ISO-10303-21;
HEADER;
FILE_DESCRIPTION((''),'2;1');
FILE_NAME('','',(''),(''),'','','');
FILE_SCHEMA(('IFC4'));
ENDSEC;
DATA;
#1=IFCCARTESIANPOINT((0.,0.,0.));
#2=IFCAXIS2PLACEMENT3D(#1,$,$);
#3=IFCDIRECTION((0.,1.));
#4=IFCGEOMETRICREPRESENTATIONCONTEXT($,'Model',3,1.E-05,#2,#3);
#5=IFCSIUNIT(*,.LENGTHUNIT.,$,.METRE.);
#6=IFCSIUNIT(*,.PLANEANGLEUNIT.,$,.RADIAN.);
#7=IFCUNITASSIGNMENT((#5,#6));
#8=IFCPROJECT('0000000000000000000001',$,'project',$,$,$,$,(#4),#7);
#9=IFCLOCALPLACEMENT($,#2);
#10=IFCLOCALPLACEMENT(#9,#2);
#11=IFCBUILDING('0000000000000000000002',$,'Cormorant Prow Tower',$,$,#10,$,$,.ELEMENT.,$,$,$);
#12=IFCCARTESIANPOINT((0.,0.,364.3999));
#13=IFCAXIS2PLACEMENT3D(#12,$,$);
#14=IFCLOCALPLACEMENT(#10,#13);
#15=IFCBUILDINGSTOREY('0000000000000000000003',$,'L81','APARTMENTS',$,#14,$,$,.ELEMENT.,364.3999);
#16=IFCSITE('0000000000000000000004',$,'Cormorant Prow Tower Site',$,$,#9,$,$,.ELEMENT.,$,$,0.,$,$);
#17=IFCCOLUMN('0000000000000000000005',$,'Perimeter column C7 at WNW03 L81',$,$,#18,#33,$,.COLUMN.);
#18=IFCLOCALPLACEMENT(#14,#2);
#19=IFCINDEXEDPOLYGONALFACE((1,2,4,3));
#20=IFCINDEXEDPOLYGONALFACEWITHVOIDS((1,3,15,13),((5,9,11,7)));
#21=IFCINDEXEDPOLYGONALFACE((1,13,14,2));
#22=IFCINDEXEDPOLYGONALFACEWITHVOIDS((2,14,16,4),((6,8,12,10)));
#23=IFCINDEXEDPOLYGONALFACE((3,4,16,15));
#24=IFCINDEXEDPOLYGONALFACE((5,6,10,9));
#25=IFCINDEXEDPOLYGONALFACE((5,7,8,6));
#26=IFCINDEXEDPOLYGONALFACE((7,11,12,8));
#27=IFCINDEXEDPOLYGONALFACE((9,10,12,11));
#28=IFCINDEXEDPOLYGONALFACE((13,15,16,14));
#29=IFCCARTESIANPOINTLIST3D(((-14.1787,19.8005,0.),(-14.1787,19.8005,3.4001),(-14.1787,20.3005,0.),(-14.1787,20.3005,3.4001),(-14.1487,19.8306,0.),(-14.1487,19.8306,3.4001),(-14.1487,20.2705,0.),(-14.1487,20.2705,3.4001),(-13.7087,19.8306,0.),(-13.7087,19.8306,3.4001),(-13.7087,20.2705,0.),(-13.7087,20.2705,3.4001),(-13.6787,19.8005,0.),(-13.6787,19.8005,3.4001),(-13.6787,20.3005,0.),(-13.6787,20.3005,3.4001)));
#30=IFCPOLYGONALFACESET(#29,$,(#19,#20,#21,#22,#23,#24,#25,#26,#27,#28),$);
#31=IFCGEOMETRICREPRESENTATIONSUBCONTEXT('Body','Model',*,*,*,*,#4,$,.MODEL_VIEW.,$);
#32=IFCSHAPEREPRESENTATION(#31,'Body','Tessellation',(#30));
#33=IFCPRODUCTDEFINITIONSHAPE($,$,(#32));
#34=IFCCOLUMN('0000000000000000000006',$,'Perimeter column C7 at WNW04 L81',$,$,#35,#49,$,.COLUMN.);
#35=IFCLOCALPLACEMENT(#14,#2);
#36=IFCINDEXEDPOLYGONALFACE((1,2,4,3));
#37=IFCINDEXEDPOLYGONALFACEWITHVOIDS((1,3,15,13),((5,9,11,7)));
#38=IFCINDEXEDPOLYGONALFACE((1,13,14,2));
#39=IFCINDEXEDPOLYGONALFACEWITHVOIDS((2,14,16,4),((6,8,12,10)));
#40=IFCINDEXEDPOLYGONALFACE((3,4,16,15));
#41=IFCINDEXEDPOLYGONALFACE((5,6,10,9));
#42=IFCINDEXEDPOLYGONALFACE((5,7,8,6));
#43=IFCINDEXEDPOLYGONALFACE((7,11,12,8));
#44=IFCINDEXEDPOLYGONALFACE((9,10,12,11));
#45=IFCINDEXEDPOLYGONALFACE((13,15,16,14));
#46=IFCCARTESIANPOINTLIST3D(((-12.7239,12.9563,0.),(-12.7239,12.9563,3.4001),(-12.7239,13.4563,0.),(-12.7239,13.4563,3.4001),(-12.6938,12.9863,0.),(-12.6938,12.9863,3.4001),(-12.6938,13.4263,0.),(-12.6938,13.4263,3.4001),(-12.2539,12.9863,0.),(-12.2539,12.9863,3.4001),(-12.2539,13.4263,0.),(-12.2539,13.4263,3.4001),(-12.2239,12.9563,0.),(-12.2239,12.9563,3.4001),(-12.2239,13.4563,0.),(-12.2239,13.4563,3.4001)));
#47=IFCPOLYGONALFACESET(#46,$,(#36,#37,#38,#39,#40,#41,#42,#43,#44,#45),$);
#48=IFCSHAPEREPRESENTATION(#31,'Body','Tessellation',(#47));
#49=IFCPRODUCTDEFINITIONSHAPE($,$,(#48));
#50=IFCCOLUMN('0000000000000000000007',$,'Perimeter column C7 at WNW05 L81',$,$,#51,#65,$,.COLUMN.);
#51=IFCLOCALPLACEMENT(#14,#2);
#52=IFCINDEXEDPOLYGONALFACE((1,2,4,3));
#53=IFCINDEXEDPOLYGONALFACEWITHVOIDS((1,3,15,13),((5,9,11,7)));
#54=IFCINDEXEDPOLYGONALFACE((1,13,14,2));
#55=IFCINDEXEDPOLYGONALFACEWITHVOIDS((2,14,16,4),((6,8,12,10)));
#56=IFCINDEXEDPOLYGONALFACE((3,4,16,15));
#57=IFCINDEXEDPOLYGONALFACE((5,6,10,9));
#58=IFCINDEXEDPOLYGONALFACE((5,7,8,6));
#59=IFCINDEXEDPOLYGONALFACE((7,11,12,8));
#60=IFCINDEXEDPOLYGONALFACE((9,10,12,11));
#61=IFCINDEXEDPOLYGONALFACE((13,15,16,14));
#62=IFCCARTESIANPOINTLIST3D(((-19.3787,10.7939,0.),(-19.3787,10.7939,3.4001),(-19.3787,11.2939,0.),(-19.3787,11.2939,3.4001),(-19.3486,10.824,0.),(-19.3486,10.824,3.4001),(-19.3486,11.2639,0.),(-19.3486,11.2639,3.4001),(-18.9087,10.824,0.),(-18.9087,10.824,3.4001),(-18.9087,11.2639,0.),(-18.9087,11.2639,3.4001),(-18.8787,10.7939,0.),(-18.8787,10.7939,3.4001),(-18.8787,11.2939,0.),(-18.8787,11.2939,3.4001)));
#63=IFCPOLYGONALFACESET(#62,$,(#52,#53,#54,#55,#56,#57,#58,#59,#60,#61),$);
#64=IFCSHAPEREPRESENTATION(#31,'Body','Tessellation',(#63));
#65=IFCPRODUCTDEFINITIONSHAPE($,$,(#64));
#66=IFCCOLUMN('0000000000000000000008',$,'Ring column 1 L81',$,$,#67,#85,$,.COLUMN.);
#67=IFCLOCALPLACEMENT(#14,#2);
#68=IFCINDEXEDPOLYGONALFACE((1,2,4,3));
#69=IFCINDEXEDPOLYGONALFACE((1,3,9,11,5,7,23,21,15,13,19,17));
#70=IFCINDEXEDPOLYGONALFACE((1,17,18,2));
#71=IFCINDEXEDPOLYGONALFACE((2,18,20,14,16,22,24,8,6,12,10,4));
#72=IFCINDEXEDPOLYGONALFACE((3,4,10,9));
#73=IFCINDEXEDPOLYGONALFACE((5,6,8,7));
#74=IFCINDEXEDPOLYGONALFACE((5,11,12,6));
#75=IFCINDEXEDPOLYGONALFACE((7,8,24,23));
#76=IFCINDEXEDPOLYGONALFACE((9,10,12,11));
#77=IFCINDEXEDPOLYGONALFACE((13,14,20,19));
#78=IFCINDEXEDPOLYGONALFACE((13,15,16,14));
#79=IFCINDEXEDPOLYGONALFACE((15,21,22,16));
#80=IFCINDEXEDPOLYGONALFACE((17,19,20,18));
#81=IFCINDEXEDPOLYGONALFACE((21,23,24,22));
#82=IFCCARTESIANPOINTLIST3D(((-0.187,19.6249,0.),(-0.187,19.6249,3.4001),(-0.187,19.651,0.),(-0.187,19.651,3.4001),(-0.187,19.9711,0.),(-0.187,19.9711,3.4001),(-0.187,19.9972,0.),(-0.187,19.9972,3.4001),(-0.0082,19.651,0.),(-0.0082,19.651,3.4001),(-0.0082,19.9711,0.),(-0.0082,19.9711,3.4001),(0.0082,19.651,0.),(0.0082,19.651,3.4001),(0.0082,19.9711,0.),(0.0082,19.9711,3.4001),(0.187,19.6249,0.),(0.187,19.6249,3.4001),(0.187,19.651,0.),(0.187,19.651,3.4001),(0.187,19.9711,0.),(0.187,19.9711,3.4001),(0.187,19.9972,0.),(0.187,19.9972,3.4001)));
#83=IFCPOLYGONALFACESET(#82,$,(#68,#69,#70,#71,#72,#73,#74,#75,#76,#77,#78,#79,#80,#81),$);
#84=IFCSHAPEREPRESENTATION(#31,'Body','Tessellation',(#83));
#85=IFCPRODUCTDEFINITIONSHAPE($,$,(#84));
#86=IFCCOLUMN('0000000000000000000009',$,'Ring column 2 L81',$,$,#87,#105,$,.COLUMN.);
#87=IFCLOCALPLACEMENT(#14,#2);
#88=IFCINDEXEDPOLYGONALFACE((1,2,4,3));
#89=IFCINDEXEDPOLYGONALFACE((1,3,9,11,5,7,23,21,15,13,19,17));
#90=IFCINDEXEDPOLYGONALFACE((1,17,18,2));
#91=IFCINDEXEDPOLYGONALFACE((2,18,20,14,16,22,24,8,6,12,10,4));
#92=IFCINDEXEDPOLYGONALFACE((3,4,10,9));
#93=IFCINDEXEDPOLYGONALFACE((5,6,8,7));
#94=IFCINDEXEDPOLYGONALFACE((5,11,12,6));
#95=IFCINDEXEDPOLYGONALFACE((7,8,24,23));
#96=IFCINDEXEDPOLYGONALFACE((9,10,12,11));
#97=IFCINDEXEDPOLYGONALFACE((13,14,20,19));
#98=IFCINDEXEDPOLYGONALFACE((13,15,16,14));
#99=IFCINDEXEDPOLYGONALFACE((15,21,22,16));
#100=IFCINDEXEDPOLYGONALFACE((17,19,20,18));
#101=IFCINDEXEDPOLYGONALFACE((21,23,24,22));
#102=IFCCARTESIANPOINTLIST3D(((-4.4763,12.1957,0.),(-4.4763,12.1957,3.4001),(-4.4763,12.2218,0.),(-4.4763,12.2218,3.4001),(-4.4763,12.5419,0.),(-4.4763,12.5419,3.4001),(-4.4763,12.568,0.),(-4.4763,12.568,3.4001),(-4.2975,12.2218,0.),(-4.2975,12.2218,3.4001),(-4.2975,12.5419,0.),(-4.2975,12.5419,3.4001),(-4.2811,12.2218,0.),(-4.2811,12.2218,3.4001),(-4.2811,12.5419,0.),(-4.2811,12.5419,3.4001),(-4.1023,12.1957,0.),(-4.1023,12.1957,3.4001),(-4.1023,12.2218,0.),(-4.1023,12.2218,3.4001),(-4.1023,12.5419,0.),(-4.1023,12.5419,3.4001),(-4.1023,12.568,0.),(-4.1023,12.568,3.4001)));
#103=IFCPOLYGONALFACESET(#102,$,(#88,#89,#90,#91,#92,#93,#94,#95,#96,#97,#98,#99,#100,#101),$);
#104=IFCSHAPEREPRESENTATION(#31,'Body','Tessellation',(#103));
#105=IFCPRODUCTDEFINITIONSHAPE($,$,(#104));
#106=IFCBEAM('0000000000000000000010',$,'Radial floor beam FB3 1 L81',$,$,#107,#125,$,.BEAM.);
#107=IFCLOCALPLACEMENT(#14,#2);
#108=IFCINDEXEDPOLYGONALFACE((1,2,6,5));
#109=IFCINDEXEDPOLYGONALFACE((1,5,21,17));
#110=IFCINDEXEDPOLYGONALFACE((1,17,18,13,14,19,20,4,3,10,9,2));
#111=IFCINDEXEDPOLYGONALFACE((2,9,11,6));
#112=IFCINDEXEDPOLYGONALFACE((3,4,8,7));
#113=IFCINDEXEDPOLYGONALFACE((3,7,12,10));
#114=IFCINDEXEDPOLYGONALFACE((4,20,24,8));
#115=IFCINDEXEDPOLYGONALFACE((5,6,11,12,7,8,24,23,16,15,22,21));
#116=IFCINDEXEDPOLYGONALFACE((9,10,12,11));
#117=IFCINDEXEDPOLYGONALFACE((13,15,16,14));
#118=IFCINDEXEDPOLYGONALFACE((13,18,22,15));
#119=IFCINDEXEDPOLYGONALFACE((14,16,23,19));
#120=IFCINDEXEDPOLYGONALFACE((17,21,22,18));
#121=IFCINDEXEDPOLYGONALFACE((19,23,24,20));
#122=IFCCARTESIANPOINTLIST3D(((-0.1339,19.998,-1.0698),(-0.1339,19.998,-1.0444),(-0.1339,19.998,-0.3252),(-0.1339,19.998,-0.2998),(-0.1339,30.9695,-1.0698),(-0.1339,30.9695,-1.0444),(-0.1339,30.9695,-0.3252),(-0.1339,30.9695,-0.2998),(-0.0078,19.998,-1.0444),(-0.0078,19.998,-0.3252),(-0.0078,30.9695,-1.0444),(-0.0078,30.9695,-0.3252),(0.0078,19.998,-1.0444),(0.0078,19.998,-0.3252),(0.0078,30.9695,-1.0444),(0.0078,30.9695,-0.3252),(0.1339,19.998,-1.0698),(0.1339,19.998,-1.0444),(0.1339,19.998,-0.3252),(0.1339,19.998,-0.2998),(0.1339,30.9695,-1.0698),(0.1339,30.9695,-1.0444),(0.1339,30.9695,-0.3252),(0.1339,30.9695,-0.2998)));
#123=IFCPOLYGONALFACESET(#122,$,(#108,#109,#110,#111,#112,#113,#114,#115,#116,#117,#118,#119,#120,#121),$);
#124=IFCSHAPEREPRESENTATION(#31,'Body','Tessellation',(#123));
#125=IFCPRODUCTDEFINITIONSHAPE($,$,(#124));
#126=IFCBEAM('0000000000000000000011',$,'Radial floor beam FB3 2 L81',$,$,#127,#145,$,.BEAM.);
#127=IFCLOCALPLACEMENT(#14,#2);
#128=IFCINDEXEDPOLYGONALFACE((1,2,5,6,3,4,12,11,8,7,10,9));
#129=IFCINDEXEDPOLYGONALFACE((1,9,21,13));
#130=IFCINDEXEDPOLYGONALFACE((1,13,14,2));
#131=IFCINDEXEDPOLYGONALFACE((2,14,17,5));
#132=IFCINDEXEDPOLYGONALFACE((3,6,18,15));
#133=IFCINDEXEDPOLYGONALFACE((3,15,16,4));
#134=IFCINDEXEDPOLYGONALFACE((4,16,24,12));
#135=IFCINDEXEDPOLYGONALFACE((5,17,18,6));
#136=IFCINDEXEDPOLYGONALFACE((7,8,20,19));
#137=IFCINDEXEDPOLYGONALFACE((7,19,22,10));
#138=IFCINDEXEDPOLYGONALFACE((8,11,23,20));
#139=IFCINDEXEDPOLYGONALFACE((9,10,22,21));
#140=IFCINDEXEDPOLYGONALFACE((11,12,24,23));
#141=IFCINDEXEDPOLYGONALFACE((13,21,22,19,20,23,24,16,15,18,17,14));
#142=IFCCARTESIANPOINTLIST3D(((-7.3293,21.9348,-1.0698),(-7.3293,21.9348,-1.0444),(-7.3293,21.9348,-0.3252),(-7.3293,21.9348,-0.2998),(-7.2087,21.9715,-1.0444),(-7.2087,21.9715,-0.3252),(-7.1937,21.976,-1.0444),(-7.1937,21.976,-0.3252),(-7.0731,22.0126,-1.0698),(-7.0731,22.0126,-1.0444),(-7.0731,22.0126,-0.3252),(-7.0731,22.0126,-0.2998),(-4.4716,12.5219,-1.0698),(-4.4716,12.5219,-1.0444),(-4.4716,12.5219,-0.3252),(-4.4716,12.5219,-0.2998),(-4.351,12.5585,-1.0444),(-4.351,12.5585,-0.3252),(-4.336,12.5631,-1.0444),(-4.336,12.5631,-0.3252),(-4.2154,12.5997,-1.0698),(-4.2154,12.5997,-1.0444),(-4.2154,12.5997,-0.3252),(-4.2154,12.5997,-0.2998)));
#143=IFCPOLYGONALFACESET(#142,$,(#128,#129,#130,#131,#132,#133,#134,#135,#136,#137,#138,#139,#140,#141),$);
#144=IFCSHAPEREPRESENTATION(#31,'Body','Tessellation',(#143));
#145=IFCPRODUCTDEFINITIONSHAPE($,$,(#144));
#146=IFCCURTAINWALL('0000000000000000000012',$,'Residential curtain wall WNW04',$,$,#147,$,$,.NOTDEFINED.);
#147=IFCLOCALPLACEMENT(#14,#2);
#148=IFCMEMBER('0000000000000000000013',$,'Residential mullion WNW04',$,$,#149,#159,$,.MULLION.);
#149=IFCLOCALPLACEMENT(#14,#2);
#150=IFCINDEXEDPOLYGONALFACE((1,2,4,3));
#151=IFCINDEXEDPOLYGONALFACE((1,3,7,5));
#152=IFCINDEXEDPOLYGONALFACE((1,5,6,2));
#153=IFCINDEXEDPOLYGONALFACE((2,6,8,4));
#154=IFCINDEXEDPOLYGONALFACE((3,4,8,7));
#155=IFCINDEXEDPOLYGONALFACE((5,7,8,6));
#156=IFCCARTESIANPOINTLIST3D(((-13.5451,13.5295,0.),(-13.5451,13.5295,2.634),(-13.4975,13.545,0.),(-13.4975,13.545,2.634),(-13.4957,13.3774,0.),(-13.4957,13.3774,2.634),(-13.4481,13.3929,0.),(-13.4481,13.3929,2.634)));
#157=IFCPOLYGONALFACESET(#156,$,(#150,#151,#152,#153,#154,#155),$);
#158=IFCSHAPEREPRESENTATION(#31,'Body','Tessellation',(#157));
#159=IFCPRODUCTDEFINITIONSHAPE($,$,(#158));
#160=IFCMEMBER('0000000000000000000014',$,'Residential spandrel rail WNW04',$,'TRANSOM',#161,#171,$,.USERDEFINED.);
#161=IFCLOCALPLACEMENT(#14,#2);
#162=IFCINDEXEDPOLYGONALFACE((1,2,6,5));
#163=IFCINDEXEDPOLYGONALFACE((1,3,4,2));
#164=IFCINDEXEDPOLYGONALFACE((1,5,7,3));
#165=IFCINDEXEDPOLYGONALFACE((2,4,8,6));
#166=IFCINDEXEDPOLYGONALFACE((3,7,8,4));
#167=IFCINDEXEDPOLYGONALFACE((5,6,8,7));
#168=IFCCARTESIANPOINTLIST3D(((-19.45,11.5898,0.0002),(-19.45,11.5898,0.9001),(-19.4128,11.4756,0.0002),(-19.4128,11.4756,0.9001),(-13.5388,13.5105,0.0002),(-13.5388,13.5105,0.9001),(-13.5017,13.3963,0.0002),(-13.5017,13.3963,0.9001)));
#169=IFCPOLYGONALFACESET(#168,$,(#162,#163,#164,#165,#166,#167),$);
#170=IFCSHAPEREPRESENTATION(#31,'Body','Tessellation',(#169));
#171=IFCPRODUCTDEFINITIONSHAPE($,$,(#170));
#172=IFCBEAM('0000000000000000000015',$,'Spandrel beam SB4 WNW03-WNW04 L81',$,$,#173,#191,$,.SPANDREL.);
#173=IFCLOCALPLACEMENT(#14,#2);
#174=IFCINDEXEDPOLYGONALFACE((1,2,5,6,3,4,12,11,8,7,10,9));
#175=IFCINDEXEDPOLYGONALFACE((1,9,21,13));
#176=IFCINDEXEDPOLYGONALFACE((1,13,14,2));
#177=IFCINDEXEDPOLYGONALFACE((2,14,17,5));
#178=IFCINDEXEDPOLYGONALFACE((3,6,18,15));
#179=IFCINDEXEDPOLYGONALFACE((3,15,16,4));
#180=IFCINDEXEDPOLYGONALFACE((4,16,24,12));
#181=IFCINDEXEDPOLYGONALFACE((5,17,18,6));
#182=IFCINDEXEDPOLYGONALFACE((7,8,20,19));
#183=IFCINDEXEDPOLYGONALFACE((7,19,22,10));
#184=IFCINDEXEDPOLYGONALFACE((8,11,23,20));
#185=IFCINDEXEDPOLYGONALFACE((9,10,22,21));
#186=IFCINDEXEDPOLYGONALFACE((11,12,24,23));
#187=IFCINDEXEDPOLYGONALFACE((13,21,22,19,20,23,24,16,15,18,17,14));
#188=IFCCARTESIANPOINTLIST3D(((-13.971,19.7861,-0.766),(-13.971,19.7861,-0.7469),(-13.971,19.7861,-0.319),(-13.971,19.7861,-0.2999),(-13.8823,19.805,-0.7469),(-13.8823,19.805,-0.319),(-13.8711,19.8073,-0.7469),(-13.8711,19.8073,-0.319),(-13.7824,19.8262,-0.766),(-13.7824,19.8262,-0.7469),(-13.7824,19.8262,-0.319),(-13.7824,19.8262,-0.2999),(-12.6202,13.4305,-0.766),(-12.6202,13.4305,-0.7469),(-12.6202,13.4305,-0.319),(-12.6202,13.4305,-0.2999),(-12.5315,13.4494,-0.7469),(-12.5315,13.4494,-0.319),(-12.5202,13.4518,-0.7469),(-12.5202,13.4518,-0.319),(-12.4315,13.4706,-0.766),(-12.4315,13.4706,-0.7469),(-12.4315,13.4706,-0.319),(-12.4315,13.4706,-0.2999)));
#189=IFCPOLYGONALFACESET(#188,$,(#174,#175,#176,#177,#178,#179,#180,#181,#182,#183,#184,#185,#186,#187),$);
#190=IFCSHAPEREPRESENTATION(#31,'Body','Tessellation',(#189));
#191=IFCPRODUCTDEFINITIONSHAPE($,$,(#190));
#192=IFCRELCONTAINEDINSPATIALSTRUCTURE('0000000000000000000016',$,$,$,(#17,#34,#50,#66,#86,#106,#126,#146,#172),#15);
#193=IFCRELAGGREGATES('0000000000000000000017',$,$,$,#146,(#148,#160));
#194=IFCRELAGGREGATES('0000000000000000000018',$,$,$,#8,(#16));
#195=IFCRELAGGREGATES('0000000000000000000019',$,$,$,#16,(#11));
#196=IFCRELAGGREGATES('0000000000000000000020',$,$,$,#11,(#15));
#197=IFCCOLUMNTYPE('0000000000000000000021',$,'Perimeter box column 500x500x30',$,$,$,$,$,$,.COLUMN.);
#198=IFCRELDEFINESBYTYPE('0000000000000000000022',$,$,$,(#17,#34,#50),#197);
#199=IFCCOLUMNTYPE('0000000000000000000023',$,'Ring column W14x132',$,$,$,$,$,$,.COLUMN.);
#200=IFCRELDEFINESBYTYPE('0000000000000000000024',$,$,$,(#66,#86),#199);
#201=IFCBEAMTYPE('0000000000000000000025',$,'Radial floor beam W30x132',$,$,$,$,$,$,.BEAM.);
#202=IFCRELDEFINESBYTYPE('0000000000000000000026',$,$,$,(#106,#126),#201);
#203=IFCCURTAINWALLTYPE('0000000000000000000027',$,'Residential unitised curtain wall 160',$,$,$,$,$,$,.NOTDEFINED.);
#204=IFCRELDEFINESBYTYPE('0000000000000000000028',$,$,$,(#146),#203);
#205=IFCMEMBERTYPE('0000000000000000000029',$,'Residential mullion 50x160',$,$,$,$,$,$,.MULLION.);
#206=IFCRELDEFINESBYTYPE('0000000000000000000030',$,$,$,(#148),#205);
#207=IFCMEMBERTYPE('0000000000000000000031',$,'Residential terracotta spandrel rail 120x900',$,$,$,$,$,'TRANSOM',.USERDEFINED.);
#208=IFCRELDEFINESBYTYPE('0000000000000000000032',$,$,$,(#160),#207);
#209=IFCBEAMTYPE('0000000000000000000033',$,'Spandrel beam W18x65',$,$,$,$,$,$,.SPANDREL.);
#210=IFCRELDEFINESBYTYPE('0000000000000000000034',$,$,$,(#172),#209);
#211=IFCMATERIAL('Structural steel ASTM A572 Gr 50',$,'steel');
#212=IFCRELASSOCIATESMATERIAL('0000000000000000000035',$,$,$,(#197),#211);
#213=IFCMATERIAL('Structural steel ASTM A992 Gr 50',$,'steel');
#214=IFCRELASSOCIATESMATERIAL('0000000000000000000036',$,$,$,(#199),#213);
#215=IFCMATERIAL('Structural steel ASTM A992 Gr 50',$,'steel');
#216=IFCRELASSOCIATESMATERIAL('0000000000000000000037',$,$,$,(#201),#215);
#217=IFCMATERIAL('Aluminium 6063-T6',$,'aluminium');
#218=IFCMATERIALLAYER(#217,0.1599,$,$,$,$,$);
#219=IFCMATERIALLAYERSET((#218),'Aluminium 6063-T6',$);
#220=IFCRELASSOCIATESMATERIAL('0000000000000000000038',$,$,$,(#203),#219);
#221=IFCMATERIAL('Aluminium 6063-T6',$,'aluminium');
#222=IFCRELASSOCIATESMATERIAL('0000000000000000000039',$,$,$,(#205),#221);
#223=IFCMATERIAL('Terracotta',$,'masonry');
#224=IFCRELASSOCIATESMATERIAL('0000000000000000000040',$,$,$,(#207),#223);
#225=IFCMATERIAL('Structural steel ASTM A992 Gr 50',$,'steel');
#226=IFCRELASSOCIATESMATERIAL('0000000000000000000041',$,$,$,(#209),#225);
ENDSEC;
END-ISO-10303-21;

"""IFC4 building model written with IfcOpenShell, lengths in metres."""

from ifc_helpers import new_model, si_unit, direction, frame, origin, origin_2d, place, context, subcontext, project, spatial, rectangle, hollow_rectangle, i_section, extrude, material, layer, layer_set, material_profile, profile_set, type_object, element, aggregate, save


model = new_model("IFC4")

# Units and contexts
model_context = context("Model", 3, precision=1e-05, world=origin(), true_north=direction((0.0, 1.0)))
body_context = subcontext(model_context, "Body", "Model", "MODEL_VIEW")
ifc_project = project(units=[si_unit("LENGTHUNIT", "METRE"), si_unit("PLANEANGLEUNIT", "RADIAN")], contexts=[model_context])

# Site, building, storey
site_placement = place(None, origin())
site = spatial("IfcSite", under=ifc_project, at=site_placement, Name="Cormorant Prow Tower Site", CompositionType="ELEMENT", RefElevation=0.0)
building_placement = place(site_placement, origin())
building = spatial("IfcBuilding", under=site, at=building_placement, Name="Cormorant Prow Tower", CompositionType="ELEMENT")
storey_placement = place(building_placement, frame((0.0, 0.0, 364.3999)))
storey = spatial("IfcBuildingStorey", under=building, at=storey_placement, Name="L81", Description="APARTMENTS", CompositionType="ELEMENT", Elevation=364.3999)

# Columns
ifc_material_1 = material(Name="Structural steel ASTM A572 Gr 50", Category="steel")
ifc_material_profile_1 = material_profile(ifc_material_1, hollow_rectangle(XDim=0.5, YDim=0.5, WallThickness=0.03, at=origin_2d()), Name="Box 500x500x30")
ifc_profile_set_1 = profile_set([ifc_material_profile_1], Name="Structural steel ASTM A572 Gr 50")
column_type_1 = type_object("IfcColumnType", Name="Perimeter box column 500x500x30", PredefinedType="COLUMN", material=ifc_profile_set_1)
for number, where, z_axis, x_axis, name in (
    (1, (-13.9287, 20.0505, 0.0), (0.0, 0.0, 1.0), (1.0, 0.0, 0.0), "Perimeter column C7 at WNW03 L81"),
    (2, (-12.4739, 13.2063, 0.0), (0.0, 0.0, 1.0), (1.0, 0.0, 0.0), "Perimeter column C7 at WNW04 L81"),
    (3, (-19.1287, 11.0439, 0.0), (0.0, 0.0, 1.0), (1.0, 0.0, 0.0), "Perimeter column C7 at WNW05 L81"),
):
    element("IfcColumn", number, at=place(storey_placement, frame(where, z_axis=z_axis, x_axis=x_axis)), inside=storey, type_object=column_type_1, Name=name, PredefinedType="COLUMN", context=body_context, shape_type="SweptSolid", body=[
        extrude(hollow_rectangle(XDim=0.5, YDim=0.5, WallThickness=0.03, at=origin_2d()), origin(), (0.0, 0.0, 1.0), 3.4001),
    ])
ifc_material_2 = material(Name="Structural steel ASTM A992 Gr 50", Category="steel")
ifc_material_profile_2 = material_profile(ifc_material_2, i_section(OverallWidth=0.374, OverallDepth=0.3723, WebThickness=0.0164, FlangeThickness=0.0261, at=origin_2d()), Name="W14x132")
ifc_profile_set_2 = profile_set([ifc_material_profile_2], Name="Structural steel ASTM A992 Gr 50")
column_type_2 = type_object("IfcColumnType", Name="Ring column W14x132", PredefinedType="COLUMN", material=ifc_profile_set_2)
for number, where, z_axis, x_axis, name in (
    (4, (0.0, 19.811, 0.0), (0.0, 0.0, 1.0), (1.0, 0.0, 0.0), "Ring column 1 L81"),
    (5, (-4.2893, 12.3818, 0.0), (0.0, 0.0, 1.0), (1.0, 0.0, 0.0), "Ring column 2 L81"),
):
    element("IfcColumn", number, at=place(storey_placement, frame(where, z_axis=z_axis, x_axis=x_axis)), inside=storey, type_object=column_type_2, Name=name, PredefinedType="COLUMN", context=body_context, shape_type="SweptSolid", body=[
        extrude(i_section(OverallWidth=0.374, OverallDepth=0.3723, WebThickness=0.0164, FlangeThickness=0.0261, at=origin_2d()), origin(), (0.0, 0.0, 1.0), 3.4001),
    ])

# Beams
ifc_material_3 = material(Name="Structural steel ASTM A992 Gr 50", Category="steel")
ifc_material_profile_3 = material_profile(ifc_material_3, i_section(OverallWidth=0.2678, OverallDepth=0.77, WebThickness=0.0156, FlangeThickness=0.0254, at=origin_2d()), Name="W30x132")
ifc_profile_set_3 = profile_set([ifc_material_profile_3], Name="Structural steel ASTM A992 Gr 50")
beam_type_1 = type_object("IfcBeamType", Name="Radial floor beam W30x132", PredefinedType="BEAM", material=ifc_profile_set_3)
beam_1_placement = place(storey_placement, frame((0.0, 19.998, -0.6848), z_axis=(0.0, 1.0, 0.0), x_axis=(-1.0, 0.0, 0.0)))
element("IfcBeam", 6, at=beam_1_placement, inside=storey, type_object=beam_type_1, Name="Radial floor beam FB3 1 L81", PredefinedType="BEAM", context=body_context, shape_type="SweptSolid", body=[
    extrude(i_section(OverallWidth=0.2678, OverallDepth=0.77, WebThickness=0.0156, FlangeThickness=0.0254, at=origin_2d()), origin(), (0.0, 0.0, 1.0), 10.9714),
])
beam_2_placement = place(storey_placement, frame((-4.3435, 12.5608, -0.6848), z_axis=(-0.2905, 0.956875, 0.0), x_axis=(-0.956875, -0.2905, 0.0)))
element("IfcBeam", 7, at=beam_2_placement, inside=storey, type_object=beam_type_1, Name="Radial floor beam FB3 2 L81", PredefinedType="BEAM", context=body_context, shape_type="SweptSolid", body=[
    extrude(i_section(OverallWidth=0.2678, OverallDepth=0.77, WebThickness=0.0156, FlangeThickness=0.0254, at=origin_2d()), origin(), (0.0, 0.0, 1.0), 9.8372),
])

# Curtain wall, members
ifc_material_4 = material(Name="Aluminium 6063-T6", Category="aluminium")
ifc_layer_1 = layer(ifc_material_4, 0.1599)
ifc_layer_set_1 = layer_set([ifc_layer_1], Name="Aluminium 6063-T6")
curtain_wall_type = type_object("IfcCurtainWallType", Name="Residential unitised curtain wall 160", PredefinedType="NOTDEFINED", material=ifc_layer_set_1)
curtain_wall_1_placement = place(storey_placement, origin())
curtain_wall_1 = element("IfcCurtainWall", 8, at=curtain_wall_1_placement, inside=storey, type_object=curtain_wall_type, Name="Residential curtain wall WNW04", PredefinedType="NOTDEFINED")
ifc_material_5 = material(Name="Aluminium 6063-T6", Category="aluminium")
ifc_material_profile_4 = material_profile(ifc_material_5, rectangle(XDim=0.1599, YDim=0.05, at=origin_2d()), Name="Residential mullion 50x160")
ifc_profile_set_4 = profile_set([ifc_material_profile_4], Name="Aluminium 6063-T6")
member_type_1 = type_object("IfcMemberType", Name="Residential mullion 50x160", PredefinedType="MULLION", material=ifc_profile_set_4)
member_1_placement = place(storey_placement, frame((-13.4966, 13.4612, 0.0), z_axis=(0.0, 0.0, 1.0), x_axis=(0.309017, -0.951057, 0.0)))
member_1 = element("IfcMember", 9, at=member_1_placement, type_object=member_type_1, Name="Residential mullion WNW04", PredefinedType="MULLION", context=body_context, shape_type="SweptSolid", body=[
    extrude(rectangle(XDim=0.1599, YDim=0.05, at=origin_2d()), origin(), (0.0, 0.0, 1.0), 2.634),
])
ifc_material_6 = material(Name="Terracotta", Category="masonry")
ifc_material_profile_5 = material_profile(ifc_material_6, rectangle(XDim=0.1201, YDim=0.8999, at=origin_2d()), Name="Residential terracotta spandrel rail 120x900")
ifc_profile_set_5 = profile_set([ifc_material_profile_5], Name="Terracotta")
member_type_2 = type_object("IfcMemberType", Name="Residential terracotta spandrel rail 120x900", ElementType="TRANSOM", PredefinedType="USERDEFINED", material=ifc_profile_set_5)
member_2_placement = place(storey_placement, frame((-13.5203, 13.4534, 0.4502), z_axis=(-0.951056, -0.309019, 0.0), x_axis=(0.309019, -0.951056, 0.0)))
member_2 = element("IfcMember", 10, at=member_2_placement, type_object=member_type_2, Name="Residential spandrel rail WNW04", ObjectType="TRANSOM", PredefinedType="USERDEFINED", context=body_context, shape_type="SweptSolid", body=[
    extrude(rectangle(XDim=0.1201, YDim=0.8999, at=origin_2d()), origin(), (0.0, 0.0, 1.0), 6.2153),
])

# Beam
ifc_material_7 = material(Name="Structural steel ASTM A992 Gr 50", Category="steel")
ifc_material_profile_6 = material_profile(ifc_material_7, i_section(OverallWidth=0.1929, OverallDepth=0.4661, WebThickness=0.0115, FlangeThickness=0.019, at=origin_2d()), Name="W18x65")
ifc_profile_set_6 = profile_set([ifc_material_profile_6], Name="Structural steel ASTM A992 Gr 50")
beam_type_2 = type_object("IfcBeamType", Name="Spandrel beam W18x65", PredefinedType="SPANDREL", material=ifc_profile_set_6)
beam_3_placement = place(storey_placement, frame((-13.8767, 19.8062, -0.533), z_axis=(0.207902, -0.97815, 0.0), x_axis=(0.97815, 0.207902, 0.0)))
element("IfcBeam", 11, at=beam_3_placement, inside=storey, type_object=beam_type_2, Name="Spandrel beam SB4 WNW03-WNW04 L81", PredefinedType="SPANDREL", context=body_context, shape_type="SweptSolid", body=[
    extrude(i_section(OverallWidth=0.1929, OverallDepth=0.4661, WebThickness=0.0115, FlangeThickness=0.019, at=origin_2d()), origin(), (0.0, 0.0, 1.0), 6.4976),
])

aggregate(curtain_wall_1, [member_1, member_2])

save(model, "model.ifc")
